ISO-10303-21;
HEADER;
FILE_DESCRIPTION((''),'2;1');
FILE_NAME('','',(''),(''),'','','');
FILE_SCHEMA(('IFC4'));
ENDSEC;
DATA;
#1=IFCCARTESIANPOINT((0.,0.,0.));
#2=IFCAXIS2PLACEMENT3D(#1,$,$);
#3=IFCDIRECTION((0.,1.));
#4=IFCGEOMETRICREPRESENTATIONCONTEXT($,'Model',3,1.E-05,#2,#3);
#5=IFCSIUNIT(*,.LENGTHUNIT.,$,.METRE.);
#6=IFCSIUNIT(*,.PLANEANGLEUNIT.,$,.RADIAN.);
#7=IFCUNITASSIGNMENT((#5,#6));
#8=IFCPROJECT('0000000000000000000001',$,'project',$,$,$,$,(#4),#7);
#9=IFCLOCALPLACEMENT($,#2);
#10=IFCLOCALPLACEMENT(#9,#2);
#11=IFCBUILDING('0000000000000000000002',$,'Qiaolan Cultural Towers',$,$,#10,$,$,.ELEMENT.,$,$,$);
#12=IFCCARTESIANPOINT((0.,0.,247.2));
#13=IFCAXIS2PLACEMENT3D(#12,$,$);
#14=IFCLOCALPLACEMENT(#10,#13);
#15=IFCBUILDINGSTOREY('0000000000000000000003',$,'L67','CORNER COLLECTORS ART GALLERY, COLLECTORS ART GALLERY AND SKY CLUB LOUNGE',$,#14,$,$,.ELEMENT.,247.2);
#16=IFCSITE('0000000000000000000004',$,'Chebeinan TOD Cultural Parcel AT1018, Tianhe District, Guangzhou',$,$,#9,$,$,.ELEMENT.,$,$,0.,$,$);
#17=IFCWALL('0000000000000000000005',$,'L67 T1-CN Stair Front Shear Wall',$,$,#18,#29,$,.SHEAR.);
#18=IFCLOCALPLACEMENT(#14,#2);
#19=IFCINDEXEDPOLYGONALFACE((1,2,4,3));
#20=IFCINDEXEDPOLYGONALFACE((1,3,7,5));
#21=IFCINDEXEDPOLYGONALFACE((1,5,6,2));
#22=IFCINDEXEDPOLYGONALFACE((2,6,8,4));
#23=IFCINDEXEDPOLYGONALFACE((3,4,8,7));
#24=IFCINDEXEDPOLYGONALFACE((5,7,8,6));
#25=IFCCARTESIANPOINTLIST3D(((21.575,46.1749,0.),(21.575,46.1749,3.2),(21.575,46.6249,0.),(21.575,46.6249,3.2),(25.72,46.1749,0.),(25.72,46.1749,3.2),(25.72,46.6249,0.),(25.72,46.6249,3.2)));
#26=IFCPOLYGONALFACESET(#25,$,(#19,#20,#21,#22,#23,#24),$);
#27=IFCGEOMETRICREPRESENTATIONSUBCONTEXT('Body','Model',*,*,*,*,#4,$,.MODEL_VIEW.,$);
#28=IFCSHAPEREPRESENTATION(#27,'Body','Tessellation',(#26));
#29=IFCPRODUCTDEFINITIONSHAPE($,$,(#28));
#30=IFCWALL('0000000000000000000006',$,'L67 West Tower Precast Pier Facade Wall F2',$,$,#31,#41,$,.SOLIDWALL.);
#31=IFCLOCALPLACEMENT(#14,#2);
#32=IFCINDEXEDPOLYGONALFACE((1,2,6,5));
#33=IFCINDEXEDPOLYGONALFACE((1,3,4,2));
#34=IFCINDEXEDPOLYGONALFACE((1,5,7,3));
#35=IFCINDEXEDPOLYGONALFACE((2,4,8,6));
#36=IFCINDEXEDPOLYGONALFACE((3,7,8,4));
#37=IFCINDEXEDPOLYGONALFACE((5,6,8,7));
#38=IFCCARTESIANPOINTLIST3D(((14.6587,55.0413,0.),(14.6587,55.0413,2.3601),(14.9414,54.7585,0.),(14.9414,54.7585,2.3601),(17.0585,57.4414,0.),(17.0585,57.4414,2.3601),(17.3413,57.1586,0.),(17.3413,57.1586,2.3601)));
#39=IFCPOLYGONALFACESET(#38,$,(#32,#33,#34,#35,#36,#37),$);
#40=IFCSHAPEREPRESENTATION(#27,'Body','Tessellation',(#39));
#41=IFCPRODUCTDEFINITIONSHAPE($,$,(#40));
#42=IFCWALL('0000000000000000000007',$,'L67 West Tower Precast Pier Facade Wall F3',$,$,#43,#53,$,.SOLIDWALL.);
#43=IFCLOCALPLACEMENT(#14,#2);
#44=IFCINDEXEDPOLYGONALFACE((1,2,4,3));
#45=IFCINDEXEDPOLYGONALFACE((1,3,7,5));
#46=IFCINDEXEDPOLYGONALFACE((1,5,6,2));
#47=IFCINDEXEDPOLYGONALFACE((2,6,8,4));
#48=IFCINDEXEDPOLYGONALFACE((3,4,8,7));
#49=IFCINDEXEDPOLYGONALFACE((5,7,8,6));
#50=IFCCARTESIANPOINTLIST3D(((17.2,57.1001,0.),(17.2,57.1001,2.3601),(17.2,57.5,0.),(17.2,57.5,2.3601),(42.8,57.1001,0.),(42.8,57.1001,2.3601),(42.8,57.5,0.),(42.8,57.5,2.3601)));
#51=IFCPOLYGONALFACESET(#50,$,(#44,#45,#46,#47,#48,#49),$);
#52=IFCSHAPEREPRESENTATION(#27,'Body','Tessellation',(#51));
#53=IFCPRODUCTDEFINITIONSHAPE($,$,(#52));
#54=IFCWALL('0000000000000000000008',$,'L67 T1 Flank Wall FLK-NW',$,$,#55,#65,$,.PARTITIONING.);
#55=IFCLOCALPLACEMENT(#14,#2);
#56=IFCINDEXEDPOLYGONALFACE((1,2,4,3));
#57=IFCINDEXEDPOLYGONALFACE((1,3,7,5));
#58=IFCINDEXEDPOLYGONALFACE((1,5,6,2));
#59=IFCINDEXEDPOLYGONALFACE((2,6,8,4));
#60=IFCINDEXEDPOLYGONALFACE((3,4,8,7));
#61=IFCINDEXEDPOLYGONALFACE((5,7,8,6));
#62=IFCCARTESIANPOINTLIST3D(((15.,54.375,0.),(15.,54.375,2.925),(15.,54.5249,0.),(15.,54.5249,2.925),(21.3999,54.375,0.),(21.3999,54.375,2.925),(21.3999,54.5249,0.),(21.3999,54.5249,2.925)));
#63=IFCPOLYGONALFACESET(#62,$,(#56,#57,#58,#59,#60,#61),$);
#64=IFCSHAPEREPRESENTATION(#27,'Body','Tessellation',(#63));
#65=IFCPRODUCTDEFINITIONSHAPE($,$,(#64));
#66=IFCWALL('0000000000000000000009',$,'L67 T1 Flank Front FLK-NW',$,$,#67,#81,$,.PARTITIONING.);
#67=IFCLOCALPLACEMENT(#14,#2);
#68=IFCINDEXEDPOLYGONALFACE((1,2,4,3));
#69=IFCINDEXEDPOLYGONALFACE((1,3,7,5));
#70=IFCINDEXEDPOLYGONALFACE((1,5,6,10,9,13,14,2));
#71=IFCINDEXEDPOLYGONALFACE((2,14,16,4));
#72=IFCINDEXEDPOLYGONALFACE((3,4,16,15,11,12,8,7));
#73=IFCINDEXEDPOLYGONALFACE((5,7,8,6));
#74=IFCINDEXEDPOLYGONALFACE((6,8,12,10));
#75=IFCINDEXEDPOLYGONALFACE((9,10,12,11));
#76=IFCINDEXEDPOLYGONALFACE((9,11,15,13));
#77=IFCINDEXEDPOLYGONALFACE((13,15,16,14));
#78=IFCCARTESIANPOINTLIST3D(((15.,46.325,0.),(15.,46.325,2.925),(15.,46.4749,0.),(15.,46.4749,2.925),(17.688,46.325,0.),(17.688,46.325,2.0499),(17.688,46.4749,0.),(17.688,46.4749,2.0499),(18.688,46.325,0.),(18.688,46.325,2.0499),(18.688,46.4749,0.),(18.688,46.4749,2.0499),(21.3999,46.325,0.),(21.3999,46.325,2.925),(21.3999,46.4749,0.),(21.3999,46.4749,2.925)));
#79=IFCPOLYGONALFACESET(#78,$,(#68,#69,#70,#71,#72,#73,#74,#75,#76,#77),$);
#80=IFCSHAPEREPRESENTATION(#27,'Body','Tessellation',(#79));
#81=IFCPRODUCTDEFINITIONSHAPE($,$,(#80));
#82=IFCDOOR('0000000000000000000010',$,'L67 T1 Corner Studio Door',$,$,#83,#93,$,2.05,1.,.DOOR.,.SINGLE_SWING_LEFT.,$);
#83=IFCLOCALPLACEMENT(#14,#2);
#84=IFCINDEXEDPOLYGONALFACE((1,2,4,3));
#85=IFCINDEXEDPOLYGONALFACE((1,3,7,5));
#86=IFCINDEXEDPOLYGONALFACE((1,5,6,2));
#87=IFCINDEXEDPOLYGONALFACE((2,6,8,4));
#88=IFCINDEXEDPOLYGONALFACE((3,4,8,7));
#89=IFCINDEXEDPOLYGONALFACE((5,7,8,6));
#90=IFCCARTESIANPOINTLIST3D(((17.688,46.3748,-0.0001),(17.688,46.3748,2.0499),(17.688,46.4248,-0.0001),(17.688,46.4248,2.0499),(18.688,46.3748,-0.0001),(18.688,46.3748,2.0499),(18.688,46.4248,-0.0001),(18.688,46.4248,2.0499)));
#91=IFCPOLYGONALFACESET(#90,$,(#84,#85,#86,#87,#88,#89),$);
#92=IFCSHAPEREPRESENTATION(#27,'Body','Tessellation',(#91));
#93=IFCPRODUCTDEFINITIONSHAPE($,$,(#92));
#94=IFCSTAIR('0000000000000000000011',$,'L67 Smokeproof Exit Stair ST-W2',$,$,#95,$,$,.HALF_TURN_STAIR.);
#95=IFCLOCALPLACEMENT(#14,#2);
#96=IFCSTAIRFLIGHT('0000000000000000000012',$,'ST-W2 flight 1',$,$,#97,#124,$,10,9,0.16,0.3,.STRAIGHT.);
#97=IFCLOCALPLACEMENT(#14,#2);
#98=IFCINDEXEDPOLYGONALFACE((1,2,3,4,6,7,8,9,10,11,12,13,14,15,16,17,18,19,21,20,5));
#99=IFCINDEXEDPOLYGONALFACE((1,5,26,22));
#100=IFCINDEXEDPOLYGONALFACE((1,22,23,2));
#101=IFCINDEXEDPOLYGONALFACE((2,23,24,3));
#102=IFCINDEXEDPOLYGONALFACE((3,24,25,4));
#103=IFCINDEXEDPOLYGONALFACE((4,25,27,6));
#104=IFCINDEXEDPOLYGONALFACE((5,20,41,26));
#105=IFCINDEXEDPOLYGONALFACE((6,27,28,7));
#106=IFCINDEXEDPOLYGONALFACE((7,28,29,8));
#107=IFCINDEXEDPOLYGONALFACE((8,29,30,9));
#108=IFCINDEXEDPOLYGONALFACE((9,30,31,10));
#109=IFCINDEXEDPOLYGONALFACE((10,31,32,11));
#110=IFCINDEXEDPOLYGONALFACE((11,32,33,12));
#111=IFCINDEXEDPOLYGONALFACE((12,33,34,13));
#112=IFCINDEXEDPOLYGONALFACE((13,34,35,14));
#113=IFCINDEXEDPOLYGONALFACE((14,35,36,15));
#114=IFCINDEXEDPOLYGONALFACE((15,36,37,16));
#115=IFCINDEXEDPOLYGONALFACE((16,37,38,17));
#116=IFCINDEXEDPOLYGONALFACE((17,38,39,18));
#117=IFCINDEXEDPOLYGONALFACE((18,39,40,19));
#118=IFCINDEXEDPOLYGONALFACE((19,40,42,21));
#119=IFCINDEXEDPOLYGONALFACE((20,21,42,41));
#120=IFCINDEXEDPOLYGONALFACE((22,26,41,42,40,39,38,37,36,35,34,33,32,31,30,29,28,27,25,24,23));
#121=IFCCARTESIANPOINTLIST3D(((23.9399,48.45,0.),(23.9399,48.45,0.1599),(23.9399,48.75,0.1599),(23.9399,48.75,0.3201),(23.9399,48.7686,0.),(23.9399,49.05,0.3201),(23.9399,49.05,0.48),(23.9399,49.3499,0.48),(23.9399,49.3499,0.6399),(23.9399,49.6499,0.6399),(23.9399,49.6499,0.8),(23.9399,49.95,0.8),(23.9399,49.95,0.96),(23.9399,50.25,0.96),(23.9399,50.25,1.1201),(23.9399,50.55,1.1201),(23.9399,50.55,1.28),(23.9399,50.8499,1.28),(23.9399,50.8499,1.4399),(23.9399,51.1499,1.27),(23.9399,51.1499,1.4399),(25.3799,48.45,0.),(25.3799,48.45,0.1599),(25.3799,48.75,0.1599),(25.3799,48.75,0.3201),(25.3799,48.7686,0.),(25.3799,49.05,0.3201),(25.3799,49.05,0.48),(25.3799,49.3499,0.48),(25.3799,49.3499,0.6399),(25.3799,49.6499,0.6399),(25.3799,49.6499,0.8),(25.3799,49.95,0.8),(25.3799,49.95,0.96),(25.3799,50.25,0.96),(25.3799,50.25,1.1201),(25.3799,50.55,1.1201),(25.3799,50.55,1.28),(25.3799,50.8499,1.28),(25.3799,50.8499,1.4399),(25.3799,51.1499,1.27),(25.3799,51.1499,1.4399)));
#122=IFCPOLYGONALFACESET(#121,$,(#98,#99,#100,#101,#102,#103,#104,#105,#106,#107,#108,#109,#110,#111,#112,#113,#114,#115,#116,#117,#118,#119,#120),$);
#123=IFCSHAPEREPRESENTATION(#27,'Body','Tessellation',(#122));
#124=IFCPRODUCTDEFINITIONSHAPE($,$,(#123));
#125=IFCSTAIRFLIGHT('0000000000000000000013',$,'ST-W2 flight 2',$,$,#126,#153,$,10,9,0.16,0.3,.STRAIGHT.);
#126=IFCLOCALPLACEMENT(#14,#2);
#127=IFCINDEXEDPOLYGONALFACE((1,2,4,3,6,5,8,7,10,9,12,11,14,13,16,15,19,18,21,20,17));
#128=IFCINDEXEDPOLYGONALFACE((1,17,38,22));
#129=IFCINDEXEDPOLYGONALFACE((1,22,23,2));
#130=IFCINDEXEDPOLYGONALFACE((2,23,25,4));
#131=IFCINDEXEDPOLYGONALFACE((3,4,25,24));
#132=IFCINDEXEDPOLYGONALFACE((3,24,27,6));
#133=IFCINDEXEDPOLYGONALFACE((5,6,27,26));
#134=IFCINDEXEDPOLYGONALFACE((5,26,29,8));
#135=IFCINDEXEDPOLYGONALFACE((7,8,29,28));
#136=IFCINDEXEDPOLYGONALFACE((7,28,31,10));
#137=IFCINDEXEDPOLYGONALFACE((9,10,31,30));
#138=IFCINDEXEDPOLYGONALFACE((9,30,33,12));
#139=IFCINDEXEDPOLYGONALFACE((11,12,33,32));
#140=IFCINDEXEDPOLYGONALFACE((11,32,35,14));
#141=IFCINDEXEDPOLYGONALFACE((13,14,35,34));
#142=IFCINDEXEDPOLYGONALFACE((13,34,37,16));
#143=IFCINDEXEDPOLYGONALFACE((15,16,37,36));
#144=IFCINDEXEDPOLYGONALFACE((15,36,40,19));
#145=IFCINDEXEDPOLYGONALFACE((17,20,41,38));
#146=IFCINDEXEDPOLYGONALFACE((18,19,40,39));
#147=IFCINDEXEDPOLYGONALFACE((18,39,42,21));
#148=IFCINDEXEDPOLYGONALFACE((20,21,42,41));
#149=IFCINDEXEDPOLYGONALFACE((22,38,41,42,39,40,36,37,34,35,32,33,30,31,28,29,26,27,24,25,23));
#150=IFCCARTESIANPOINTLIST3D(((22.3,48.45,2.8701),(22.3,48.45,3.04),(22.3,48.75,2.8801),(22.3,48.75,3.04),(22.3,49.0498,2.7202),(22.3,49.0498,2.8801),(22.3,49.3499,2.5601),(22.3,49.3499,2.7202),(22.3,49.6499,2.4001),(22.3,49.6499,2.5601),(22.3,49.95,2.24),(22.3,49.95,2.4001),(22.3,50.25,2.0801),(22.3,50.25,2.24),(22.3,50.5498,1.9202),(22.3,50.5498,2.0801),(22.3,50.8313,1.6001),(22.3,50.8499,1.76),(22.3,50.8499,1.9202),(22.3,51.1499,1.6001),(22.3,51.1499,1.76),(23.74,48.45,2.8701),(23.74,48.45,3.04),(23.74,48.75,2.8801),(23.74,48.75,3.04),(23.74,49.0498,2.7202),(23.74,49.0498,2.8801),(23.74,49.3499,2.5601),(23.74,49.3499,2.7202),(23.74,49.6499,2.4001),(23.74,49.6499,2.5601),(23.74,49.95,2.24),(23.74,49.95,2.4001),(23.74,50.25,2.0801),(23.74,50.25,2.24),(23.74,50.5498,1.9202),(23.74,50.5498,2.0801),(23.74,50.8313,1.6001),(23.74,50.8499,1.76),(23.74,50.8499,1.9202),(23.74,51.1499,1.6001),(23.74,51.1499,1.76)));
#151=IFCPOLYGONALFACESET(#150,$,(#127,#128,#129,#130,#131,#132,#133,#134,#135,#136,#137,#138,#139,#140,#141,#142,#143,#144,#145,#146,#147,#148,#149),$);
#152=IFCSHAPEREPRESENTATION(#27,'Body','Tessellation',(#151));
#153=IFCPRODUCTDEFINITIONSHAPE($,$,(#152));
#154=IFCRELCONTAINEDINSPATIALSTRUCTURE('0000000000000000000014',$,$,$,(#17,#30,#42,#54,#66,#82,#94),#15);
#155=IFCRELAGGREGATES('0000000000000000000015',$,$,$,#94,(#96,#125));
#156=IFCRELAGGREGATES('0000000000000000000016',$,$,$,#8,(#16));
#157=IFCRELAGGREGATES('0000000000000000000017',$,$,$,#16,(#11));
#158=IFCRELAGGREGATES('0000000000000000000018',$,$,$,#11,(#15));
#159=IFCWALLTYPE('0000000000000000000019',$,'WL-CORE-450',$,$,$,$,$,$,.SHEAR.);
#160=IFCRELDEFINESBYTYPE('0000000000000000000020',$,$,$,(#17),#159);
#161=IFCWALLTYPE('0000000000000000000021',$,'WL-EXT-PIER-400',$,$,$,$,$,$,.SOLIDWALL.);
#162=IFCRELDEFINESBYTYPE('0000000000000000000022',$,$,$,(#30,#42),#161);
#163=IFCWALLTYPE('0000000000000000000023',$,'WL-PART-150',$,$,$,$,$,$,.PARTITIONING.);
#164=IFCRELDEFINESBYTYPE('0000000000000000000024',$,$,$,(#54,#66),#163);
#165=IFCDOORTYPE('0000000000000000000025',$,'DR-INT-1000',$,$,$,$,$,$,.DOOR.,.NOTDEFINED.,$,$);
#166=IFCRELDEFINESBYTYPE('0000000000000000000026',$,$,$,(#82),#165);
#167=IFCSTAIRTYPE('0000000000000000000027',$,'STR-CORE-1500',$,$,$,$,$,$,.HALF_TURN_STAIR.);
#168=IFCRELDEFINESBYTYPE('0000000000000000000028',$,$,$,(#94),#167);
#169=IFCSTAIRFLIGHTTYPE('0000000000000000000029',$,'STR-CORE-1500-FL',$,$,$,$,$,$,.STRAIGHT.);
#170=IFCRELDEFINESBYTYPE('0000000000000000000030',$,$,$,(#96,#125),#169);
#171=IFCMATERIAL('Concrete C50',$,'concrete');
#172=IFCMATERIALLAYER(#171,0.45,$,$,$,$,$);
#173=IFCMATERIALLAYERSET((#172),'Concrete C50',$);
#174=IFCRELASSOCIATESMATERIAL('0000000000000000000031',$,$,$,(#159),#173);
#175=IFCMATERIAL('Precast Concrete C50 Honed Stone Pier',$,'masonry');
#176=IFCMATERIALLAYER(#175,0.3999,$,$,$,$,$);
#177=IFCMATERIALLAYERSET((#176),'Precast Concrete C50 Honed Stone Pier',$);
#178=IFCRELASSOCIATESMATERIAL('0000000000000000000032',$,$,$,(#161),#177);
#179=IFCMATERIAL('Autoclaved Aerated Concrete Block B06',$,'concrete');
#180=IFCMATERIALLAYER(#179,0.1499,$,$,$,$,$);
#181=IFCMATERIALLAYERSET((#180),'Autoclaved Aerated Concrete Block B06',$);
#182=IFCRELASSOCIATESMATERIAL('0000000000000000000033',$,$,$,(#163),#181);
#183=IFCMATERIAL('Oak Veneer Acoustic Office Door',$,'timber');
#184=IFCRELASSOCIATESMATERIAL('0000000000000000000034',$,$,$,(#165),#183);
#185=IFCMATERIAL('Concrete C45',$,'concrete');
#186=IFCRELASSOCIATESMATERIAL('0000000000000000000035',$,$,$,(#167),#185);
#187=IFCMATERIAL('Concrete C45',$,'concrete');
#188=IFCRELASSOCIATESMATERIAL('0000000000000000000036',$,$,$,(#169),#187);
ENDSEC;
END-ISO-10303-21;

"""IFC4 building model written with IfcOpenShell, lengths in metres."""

from ifc_helpers import new_model, si_unit, direction, frame, frame_2d, origin, place, context, subcontext, project, spatial, polyline, rectangle, outline, extrude, material, layer, layer_set, type_object, element, fill, aggregate, save


model = new_model("IFC4")

# Units and contexts
model_context = context("Model", 3, precision=1e-05, world=origin(), true_north=direction((0.0, 1.0)))
body_context = subcontext(model_context, "Body", "Model", "MODEL_VIEW")
ifc_project = project(units=[si_unit("LENGTHUNIT", "METRE"), si_unit("PLANEANGLEUNIT", "RADIAN")], contexts=[model_context])

# Site, building, storey
site_placement = place(None, origin())
site = spatial("IfcSite", under=ifc_project, at=site_placement, Name="Chebeinan TOD Cultural Parcel AT1018, Tianhe District, Guangzhou", CompositionType="ELEMENT", RefElevation=0.0)
building_placement = place(site_placement, origin())
building = spatial("IfcBuilding", under=site, at=building_placement, Name="Qiaolan Cultural Towers", CompositionType="ELEMENT")
storey_placement = place(building_placement, frame((0.0, 0.0, 247.2)))
storey = spatial("IfcBuildingStorey", under=building, at=storey_placement, Name="L67", Description="CORNER COLLECTORS ART GALLERY, COLLECTORS ART GALLERY AND SKY CLUB LOUNGE", CompositionType="ELEMENT", Elevation=247.2)

# Walls
ifc_material_1 = material(Name="Concrete C50", Category="concrete")
ifc_layer_1 = layer(ifc_material_1, 0.45)
ifc_layer_set_1 = layer_set([ifc_layer_1], Name="Concrete C50")
wall_type_1 = type_object("IfcWallType", Name="WL-CORE-450", PredefinedType="SHEAR", material=ifc_layer_set_1)
wall_1_placement = place(storey_placement, frame((21.575, 46.3999, 0.0), z_axis=(0.0, 0.0, 1.0), x_axis=(1.0, 0.0, 0.0)))
element("IfcWall", 1, at=wall_1_placement, inside=storey, type_object=wall_type_1, Name="L67 T1-CN Stair Front Shear Wall", PredefinedType="SHEAR", context=body_context, shape_type="SweptSolid", body=[
    extrude(rectangle(XDim=4.145, YDim=0.45, at=frame_2d((2.0725, 0.0))), origin(), (0.0, 0.0, 1.0), 3.2),
])
ifc_material_2 = material(Name="Precast Concrete C50 Honed Stone Pier", Category="masonry")
ifc_layer_2 = layer(ifc_material_2, 0.3999)
ifc_layer_set_2 = layer_set([ifc_layer_2], Name="Precast Concrete C50 Honed Stone Pier")
wall_type_2 = type_object("IfcWallType", Name="WL-EXT-PIER-400", PredefinedType="SOLIDWALL", material=ifc_layer_set_2)
wall_2_placement = place(storey_placement, frame((14.8, 54.8999, 0.0), z_axis=(0.0, 0.0, 1.0), x_axis=(0.707071, 0.707143, 0.0)))
element("IfcWall", 2, at=wall_2_placement, inside=storey, type_object=wall_type_2, Name="L67 West Tower Precast Pier Facade Wall F2", PredefinedType="SOLIDWALL", context=body_context, shape_type="SweptSolid", body=[
    extrude(rectangle(XDim=3.394, YDim=0.3999, at=frame_2d((1.697, 0.0))), origin(), (0.0, 0.0, 1.0), 2.3601),
])
wall_3_placement = place(storey_placement, frame((17.2, 57.3, 0.0), z_axis=(0.0, 0.0, 1.0), x_axis=(1.0, 0.0, 0.0)))
element("IfcWall", 3, at=wall_3_placement, inside=storey, type_object=wall_type_2, Name="L67 West Tower Precast Pier Facade Wall F3", PredefinedType="SOLIDWALL", context=body_context, shape_type="SweptSolid", body=[
    extrude(rectangle(XDim=25.6001, YDim=0.3999, at=frame_2d((12.8, 0.0))), origin(), (0.0, 0.0, 1.0), 2.3601),
])
ifc_material_3 = material(Name="Autoclaved Aerated Concrete Block B06", Category="concrete")
ifc_layer_3 = layer(ifc_material_3, 0.1499)
ifc_layer_set_3 = layer_set([ifc_layer_3], Name="Autoclaved Aerated Concrete Block B06")
wall_type_3 = type_object("IfcWallType", Name="WL-PART-150", PredefinedType="PARTITIONING", material=ifc_layer_set_3)
wall_4_placement = place(storey_placement, frame((15.0, 54.45, 0.0), z_axis=(0.0, 0.0, 1.0), x_axis=(1.0, 0.0, 0.0)))
element("IfcWall", 4, at=wall_4_placement, inside=storey, type_object=wall_type_3, Name="L67 T1 Flank Wall FLK-NW", PredefinedType="PARTITIONING", context=body_context, shape_type="SweptSolid", body=[
    extrude(rectangle(XDim=6.3999, YDim=0.1499, at=frame_2d((3.2, 0.0))), origin(), (0.0, 0.0, 1.0), 2.925),
])

# Wall, opening, door
wall_5_placement = place(storey_placement, frame((15.0, 46.3999, 0.0), z_axis=(0.0, 0.0, 1.0), x_axis=(1.0, 0.0, 0.0)))
wall_5 = element("IfcWall", 5, at=wall_5_placement, inside=storey, type_object=wall_type_3, Name="L67 T1 Flank Front FLK-NW", PredefinedType="PARTITIONING", context=body_context, shape_type="SweptSolid", body=[
    extrude(rectangle(XDim=6.3999, YDim=0.1499, at=frame_2d((3.2, 0.0))), origin(), (0.0, 0.0, 1.0), 2.925),
])
opening_placement = place(wall_5_placement, frame((2.688, 0.0, 0.0)))
opening = element("IfcOpeningElement", 6, at=opening_placement, cuts=wall_5, PredefinedType="OPENING", context=body_context, shape_type="SweptSolid", body=[
    extrude(rectangle(XDim=1.0, YDim=2.05, at=frame_2d((0.5, 1.0249))), frame((0.0, 0.085, 0.0), z_axis=(0.0, -1.0, 0.0), x_axis=(1.0, 0.0, 0.0)), (0.0, 0.0, 1.0), 0.1699),
])
ifc_material_4 = material(Name="Oak Veneer Acoustic Office Door", Category="timber")
door_type = type_object("IfcDoorType", Name="DR-INT-1000", OperationType="NOTDEFINED", PredefinedType="DOOR", material=ifc_material_4)
door_placement = place(opening_placement, origin())
door = element("IfcDoor", 7, at=door_placement, inside=storey, type_object=door_type, Name="L67 T1 Corner Studio Door", OperationType="SINGLE_SWING_LEFT", OverallHeight=2.05, OverallWidth=1.0, PredefinedType="DOOR", context=body_context, shape_type="SweptSolid", body=[
    extrude(rectangle(XDim=1.0, YDim=2.05, at=frame_2d((0.5, 1.0249))), frame((0.0, 0.0249, 0.0), z_axis=(0.0, -1.0, 0.0), x_axis=(1.0, 0.0, 0.0)), (0.0, 0.0, 1.0), 0.05),
])
fill(opening, door)

# Stair, stair flights
ifc_material_5 = material(Name="Concrete C45", Category="concrete")
stair_type = type_object("IfcStairType", Name="STR-CORE-1500", PredefinedType="HALF_TURN_STAIR", material=ifc_material_5)
stair_placement = place(storey_placement, origin())
stair = element("IfcStair", 8, at=stair_placement, inside=storey, type_object=stair_type, Name="L67 Smokeproof Exit Stair ST-W2", PredefinedType="HALF_TURN_STAIR")
ifc_material_6 = material(Name="Concrete C45", Category="concrete")
stair_flight_type = type_object("IfcStairFlightType", Name="STR-CORE-1500-FL", PredefinedType="STRAIGHT", material=ifc_material_6)
stair_flight_1_placement = place(storey_placement, frame((24.6599, 48.45, 0.0), z_axis=(0.0, 0.0, 1.0), x_axis=(0.0, 1.0, 0.0)))
stair_flight_1 = element("IfcStairFlight", 9, at=stair_flight_1_placement, type_object=stair_flight_type, Name="ST-W2 flight 1", NumberOfRisers=10, NumberOfTreads=9, PredefinedType="STRAIGHT", RiserHeight=0.16, TreadLength=0.3, context=body_context, shape_type="SweptSolid", body=[
    extrude(outline(polyline([(0.0, 0.0), (0.0, 0.1599), (0.3, 0.1599), (0.3, 0.3201), (0.6001, 0.3201), (0.6001, 0.48), (0.8999, 0.48), (0.8999, 0.6399), (1.2, 0.6399), (1.2, 0.8), (1.5, 0.8), (1.5, 0.96), (1.8, 0.96), (1.8, 1.1201), (2.1001, 1.1201), (2.1001, 1.28), (2.3999, 1.28), (2.3999, 1.4399), (2.7, 1.4399), (2.7, 1.6001), (2.7, 1.27), (0.3186, 0.0), (0.0, 0.0)])), frame((0.0, 0.72, 0.0), z_axis=(0.0, -1.0, 0.0), x_axis=(1.0, 0.0, 0.0)), (0.0, 0.0, 1.0), 1.4399),
])
stair_flight_2_placement = place(storey_placement, frame((23.02, 51.1499, 1.6001), z_axis=(0.0, 0.0, 1.0), x_axis=(0.0, -1.0, 0.0)))
stair_flight_2 = element("IfcStairFlight", 10, at=stair_flight_2_placement, type_object=stair_flight_type, Name="ST-W2 flight 2", NumberOfRisers=10, NumberOfTreads=9, PredefinedType="STRAIGHT", RiserHeight=0.16, TreadLength=0.3, context=body_context, shape_type="SweptSolid", body=[
    extrude(outline(polyline([(0.0, 0.0), (0.0, 0.1599), (0.3, 0.1599), (0.3, 0.3201), (0.6001, 0.3201), (0.6001, 0.48), (0.8999, 0.48), (0.8999, 0.6399), (1.2, 0.6399), (1.2, 0.8), (1.5, 0.8), (1.5, 0.96), (1.8, 0.96), (1.8, 1.1201), (2.1001, 1.1201), (2.1001, 1.28), (2.3999, 1.28), (2.3999, 1.4399), (2.7, 1.4399), (2.7, 1.6001), (2.7, 1.27), (0.3186, 0.0), (0.0, 0.0)])), frame((0.0, 0.72, 0.0), z_axis=(0.0, -1.0, 0.0), x_axis=(1.0, 0.0, 0.0)), (0.0, 0.0, 1.0), 1.4399),
])
aggregate(stair, [stair_flight_1, stair_flight_2])

save(model, "model.ifc")
